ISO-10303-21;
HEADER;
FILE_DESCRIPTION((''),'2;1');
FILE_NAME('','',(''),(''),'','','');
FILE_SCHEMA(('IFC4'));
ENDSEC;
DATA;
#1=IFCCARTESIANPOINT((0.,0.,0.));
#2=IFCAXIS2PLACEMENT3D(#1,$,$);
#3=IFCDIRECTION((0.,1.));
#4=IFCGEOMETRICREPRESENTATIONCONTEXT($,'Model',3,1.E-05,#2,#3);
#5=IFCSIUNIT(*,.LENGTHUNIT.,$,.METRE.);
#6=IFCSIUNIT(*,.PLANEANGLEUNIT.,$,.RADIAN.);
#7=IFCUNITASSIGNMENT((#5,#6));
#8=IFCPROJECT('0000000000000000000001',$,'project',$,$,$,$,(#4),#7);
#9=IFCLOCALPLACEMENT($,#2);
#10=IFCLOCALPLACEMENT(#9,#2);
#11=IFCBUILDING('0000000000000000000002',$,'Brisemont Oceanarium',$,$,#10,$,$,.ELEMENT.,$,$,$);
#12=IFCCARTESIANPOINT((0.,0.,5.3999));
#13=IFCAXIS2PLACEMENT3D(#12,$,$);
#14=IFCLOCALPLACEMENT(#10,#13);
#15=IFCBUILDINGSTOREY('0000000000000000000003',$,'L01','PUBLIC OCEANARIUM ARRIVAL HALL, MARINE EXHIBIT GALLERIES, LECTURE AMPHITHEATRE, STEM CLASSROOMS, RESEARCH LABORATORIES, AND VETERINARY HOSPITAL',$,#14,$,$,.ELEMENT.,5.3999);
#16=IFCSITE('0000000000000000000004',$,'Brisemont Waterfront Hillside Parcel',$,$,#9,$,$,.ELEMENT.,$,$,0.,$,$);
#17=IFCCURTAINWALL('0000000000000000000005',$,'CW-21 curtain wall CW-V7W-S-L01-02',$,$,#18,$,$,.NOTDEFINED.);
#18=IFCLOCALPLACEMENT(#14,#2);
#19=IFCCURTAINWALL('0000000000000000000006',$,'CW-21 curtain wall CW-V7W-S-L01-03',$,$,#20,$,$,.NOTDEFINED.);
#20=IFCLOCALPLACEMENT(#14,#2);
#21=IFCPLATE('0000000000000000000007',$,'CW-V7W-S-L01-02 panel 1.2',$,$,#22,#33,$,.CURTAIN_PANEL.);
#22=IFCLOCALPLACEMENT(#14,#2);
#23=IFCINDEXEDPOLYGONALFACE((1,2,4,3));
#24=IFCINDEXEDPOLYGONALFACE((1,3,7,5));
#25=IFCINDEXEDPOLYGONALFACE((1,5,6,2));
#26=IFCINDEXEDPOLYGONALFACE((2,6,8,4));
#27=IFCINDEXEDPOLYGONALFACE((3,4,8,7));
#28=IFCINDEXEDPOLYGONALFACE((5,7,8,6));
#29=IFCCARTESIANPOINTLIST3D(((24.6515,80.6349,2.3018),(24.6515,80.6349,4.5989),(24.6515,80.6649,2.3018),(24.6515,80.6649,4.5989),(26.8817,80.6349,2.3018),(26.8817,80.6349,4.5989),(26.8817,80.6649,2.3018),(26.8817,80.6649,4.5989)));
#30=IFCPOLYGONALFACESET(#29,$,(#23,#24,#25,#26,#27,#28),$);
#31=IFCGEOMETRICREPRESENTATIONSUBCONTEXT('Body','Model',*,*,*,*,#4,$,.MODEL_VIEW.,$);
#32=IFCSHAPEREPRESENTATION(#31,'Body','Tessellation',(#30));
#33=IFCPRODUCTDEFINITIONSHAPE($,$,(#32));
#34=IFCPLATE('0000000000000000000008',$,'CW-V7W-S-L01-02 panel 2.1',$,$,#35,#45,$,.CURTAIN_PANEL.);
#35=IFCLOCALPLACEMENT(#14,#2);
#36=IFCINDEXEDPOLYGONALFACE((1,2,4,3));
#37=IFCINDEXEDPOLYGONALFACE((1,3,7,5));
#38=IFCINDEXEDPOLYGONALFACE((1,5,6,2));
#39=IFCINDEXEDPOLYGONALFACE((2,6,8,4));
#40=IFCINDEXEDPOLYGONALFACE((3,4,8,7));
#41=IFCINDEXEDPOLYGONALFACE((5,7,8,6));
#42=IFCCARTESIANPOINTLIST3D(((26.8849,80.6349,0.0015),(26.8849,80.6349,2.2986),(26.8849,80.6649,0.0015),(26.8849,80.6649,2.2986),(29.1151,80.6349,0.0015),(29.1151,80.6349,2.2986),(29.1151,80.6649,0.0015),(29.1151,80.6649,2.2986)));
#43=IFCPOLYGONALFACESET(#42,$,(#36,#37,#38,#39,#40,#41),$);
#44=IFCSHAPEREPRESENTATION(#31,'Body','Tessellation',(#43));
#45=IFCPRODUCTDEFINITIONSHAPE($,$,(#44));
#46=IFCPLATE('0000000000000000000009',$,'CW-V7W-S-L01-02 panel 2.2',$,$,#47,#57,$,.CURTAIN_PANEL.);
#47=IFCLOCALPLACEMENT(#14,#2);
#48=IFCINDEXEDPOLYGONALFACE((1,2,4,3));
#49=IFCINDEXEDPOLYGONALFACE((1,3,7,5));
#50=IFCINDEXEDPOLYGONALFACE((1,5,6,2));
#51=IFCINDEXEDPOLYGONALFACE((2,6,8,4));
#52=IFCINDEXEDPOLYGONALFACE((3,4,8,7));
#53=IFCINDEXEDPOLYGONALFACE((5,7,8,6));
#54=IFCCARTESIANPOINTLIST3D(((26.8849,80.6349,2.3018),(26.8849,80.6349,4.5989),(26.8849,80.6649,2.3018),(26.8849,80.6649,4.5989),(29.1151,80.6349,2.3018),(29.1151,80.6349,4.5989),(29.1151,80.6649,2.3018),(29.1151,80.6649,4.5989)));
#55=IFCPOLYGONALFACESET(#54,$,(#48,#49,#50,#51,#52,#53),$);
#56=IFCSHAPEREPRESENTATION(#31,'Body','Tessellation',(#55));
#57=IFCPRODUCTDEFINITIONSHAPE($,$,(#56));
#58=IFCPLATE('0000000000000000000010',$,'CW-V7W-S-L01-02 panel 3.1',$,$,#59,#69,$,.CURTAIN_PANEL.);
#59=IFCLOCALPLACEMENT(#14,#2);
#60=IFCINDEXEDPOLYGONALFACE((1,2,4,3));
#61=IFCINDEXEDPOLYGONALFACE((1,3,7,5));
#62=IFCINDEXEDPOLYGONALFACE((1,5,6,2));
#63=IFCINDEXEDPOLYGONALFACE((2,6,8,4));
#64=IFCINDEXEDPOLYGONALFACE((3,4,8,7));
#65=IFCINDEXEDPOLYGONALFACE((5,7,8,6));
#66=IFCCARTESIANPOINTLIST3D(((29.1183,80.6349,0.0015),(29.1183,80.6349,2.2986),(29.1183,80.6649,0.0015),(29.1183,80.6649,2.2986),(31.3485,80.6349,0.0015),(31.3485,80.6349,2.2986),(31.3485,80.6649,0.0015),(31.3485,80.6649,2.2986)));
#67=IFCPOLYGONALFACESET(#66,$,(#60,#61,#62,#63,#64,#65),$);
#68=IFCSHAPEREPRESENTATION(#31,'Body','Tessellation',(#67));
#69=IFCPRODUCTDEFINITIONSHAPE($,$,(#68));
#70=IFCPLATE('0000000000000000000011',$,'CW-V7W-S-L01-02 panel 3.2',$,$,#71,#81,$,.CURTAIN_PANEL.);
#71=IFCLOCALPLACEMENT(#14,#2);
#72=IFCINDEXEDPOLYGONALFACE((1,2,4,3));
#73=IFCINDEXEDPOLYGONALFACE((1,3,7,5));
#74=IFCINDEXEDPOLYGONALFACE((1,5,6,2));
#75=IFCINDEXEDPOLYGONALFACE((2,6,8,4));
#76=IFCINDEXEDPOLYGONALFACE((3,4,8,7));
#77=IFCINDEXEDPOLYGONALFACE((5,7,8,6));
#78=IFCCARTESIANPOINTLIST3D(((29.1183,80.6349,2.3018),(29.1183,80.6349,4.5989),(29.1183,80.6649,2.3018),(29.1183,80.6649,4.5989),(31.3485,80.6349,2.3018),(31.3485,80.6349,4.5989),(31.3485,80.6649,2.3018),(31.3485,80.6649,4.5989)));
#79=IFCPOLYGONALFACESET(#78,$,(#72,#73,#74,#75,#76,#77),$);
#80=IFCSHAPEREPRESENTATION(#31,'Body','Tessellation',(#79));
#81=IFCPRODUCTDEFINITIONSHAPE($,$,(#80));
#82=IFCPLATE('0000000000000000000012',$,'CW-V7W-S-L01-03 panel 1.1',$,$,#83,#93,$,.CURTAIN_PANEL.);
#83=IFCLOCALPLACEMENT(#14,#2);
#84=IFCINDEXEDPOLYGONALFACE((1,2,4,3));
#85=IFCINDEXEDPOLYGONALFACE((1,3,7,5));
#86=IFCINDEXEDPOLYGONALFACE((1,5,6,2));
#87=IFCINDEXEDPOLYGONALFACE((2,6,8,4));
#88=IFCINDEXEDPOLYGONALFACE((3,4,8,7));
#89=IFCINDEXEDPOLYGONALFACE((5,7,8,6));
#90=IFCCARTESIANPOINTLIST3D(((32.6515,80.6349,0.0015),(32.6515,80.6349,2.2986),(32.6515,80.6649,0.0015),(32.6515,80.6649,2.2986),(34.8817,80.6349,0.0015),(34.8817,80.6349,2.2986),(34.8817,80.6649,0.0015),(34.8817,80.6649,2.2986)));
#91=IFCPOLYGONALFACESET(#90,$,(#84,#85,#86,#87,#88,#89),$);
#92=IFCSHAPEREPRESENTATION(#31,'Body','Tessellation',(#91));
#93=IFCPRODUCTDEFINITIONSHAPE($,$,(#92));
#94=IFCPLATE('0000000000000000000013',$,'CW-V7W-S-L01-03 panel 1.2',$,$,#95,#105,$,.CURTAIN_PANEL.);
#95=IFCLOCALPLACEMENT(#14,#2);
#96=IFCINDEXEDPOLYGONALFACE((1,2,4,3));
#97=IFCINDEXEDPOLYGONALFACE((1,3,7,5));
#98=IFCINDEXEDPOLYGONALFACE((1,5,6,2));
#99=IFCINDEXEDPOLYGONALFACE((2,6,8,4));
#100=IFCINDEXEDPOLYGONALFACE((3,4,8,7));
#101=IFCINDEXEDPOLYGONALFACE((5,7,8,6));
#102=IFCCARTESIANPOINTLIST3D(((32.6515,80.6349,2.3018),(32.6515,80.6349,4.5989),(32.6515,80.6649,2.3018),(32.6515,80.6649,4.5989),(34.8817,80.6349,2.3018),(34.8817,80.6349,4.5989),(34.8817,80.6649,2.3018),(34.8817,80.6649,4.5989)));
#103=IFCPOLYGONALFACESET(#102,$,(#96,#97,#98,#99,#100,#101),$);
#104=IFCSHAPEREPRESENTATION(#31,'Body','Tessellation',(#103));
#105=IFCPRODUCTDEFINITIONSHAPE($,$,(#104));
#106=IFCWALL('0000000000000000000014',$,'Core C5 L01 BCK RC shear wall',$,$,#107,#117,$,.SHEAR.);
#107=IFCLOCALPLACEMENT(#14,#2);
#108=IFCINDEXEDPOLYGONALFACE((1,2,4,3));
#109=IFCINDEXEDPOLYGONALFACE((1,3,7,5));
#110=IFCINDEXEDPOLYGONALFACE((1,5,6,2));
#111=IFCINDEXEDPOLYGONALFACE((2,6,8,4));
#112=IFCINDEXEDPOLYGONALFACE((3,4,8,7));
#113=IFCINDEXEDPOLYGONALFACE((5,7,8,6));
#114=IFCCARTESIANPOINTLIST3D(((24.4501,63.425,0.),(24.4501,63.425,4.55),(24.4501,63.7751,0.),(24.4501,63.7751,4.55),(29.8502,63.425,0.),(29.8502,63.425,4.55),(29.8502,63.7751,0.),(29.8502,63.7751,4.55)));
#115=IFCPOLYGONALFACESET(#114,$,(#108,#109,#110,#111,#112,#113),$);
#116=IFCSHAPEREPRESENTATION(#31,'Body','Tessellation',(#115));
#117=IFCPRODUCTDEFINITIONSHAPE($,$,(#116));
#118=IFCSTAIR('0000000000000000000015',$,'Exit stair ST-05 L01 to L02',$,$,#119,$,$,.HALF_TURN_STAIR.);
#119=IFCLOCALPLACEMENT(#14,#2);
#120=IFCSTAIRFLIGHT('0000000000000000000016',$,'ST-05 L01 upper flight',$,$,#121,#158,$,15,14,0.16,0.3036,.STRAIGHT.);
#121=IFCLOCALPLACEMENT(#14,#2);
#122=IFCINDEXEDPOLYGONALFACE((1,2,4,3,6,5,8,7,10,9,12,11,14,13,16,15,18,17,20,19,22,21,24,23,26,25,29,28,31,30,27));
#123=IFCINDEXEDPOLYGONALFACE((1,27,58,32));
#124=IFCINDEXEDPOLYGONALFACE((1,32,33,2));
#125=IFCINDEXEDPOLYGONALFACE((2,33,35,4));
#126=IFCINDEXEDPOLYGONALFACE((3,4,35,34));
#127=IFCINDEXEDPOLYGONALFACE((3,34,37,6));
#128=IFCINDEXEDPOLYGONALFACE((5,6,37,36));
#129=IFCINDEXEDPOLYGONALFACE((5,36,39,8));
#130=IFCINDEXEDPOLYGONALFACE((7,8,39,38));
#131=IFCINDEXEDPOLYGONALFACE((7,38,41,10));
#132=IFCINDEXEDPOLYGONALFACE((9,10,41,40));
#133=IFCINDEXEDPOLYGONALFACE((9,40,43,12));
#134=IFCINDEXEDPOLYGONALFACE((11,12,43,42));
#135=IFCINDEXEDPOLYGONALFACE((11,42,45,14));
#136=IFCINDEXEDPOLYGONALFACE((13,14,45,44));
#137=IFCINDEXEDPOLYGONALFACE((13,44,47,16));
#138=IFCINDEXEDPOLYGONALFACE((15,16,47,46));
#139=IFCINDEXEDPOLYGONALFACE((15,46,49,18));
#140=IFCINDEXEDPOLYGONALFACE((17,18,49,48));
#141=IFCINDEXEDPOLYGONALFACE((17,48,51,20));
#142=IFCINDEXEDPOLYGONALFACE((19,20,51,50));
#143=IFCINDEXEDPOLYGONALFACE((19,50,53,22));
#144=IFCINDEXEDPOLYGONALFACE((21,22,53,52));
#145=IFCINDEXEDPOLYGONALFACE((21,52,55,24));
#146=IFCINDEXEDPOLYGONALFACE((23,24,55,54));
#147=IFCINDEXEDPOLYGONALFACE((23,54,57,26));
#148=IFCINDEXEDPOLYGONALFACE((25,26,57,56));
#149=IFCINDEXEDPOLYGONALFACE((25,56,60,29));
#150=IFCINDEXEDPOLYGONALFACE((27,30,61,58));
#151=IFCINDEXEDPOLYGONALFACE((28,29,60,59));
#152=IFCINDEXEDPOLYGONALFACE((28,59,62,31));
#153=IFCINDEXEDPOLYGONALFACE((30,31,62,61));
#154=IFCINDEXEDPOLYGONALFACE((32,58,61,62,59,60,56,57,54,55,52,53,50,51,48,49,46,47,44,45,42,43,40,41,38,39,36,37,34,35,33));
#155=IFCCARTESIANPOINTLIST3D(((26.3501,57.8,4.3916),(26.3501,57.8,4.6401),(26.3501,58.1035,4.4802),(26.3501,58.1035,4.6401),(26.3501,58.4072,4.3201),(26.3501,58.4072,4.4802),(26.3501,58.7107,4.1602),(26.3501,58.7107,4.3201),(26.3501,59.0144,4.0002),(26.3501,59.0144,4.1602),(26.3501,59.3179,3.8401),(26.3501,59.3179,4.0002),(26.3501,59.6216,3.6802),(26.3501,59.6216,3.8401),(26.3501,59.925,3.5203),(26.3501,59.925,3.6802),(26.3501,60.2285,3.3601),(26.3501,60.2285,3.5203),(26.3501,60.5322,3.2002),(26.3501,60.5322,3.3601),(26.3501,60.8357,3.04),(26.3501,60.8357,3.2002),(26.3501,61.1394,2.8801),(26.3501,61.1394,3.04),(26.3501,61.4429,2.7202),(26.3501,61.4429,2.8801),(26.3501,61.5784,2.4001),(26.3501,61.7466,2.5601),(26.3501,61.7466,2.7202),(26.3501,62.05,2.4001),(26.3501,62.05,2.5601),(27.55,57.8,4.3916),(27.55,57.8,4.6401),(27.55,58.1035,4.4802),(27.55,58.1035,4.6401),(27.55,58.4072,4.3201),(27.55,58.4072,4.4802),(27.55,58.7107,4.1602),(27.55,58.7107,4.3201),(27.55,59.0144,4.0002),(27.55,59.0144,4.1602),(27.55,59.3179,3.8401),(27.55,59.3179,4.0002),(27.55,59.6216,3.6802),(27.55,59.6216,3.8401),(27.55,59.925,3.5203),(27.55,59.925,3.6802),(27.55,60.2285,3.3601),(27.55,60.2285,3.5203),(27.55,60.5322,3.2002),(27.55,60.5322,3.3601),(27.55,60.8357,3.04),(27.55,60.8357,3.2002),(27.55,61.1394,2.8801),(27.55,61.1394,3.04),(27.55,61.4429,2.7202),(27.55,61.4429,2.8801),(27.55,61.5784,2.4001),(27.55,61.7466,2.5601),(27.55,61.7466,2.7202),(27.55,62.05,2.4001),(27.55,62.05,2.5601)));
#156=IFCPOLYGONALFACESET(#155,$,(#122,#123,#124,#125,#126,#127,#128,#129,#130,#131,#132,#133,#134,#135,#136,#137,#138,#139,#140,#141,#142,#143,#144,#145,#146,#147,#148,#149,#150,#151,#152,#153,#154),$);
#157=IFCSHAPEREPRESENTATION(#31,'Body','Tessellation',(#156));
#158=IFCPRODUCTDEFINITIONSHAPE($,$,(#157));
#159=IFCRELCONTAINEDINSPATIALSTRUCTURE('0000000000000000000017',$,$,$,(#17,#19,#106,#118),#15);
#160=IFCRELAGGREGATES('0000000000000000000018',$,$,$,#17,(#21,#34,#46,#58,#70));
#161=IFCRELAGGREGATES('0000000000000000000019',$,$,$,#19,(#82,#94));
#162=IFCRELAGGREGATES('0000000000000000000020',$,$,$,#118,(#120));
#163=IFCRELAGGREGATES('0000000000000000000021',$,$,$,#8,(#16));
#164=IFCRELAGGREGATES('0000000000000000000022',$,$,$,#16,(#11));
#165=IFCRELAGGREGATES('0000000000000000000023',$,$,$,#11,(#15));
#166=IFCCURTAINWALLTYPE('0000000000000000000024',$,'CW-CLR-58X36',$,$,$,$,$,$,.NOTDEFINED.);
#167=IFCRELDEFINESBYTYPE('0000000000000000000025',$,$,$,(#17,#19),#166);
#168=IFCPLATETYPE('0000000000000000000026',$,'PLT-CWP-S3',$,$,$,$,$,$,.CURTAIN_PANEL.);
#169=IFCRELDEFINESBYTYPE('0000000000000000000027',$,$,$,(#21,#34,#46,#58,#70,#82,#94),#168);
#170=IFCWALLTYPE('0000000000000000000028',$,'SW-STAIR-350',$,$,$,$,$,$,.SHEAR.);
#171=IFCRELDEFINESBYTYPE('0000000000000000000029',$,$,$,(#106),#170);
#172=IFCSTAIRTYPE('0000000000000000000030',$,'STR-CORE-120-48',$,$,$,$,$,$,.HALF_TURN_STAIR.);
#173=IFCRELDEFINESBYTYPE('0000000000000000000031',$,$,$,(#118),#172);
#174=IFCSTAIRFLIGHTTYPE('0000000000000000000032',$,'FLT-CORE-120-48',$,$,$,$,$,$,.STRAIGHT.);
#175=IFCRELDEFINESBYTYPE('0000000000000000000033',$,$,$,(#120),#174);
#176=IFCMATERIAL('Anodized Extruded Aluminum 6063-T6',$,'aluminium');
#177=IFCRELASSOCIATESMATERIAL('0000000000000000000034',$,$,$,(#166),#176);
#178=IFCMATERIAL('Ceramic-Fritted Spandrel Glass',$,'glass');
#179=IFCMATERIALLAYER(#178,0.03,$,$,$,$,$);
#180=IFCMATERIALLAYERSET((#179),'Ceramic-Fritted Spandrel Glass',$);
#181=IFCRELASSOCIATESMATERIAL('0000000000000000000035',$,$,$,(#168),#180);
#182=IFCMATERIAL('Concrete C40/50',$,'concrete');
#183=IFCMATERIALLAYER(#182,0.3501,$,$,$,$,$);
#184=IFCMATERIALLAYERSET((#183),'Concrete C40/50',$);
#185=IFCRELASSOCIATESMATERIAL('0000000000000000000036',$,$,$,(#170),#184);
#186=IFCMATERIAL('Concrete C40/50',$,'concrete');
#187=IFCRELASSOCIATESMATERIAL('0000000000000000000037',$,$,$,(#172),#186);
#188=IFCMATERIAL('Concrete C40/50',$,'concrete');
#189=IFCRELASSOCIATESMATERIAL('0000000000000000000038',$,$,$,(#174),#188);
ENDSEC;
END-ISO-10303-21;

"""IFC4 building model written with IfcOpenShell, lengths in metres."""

from ifc_helpers import new_model, si_unit, direction, frame, frame_2d, origin, origin_2d, place, context, subcontext, project, spatial, polyline, rectangle, outline, extrude, material, layer, layer_set, type_object, element, aggregate, save


model = new_model("IFC4")

# Units and contexts
model_context = context("Model", 3, precision=1e-05, world=origin(), true_north=direction((0.0, 1.0)))
body_context = subcontext(model_context, "Body", "Model", "MODEL_VIEW")
ifc_project = project(units=[si_unit("LENGTHUNIT", "METRE"), si_unit("PLANEANGLEUNIT", "RADIAN")], contexts=[model_context])

# Site, building, storey
site_placement = place(None, origin())
site = spatial("IfcSite", under=ifc_project, at=site_placement, Name="Brisemont Waterfront Hillside Parcel", CompositionType="ELEMENT", RefElevation=0.0)
building_placement = place(site_placement, origin())
building = spatial("IfcBuilding", under=site, at=building_placement, Name="Brisemont Oceanarium", CompositionType="ELEMENT")
storey_placement = place(building_placement, frame((0.0, 0.0, 5.3999)))
storey = spatial("IfcBuildingStorey", under=building, at=storey_placement, Name="L01", Description="PUBLIC OCEANARIUM ARRIVAL HALL, MARINE EXHIBIT GALLERIES, LECTURE AMPHITHEATRE, STEM CLASSROOMS, RESEARCH LABORATORIES, AND VETERINARY HOSPITAL", CompositionType="ELEMENT", Elevation=5.3999)

# Curtain wall
ifc_material_1 = material(Name="Anodized Extruded Aluminum 6063-T6", Category="aluminium")
curtain_wall_type = type_object("IfcCurtainWallType", Name="CW-CLR-58X36", PredefinedType="NOTDEFINED", material=ifc_material_1)
curtain_wall_1_placement = place(storey_placement, origin())
curtain_wall_1 = element("IfcCurtainWall", 1, at=curtain_wall_1_placement, inside=storey, type_object=curtain_wall_type, Name="CW-21 curtain wall CW-V7W-S-L01-02", PredefinedType="NOTDEFINED")

# Curtain wall
curtain_wall_2_placement = place(storey_placement, origin())
curtain_wall_2 = element("IfcCurtainWall", 2, at=curtain_wall_2_placement, inside=storey, type_object=curtain_wall_type, Name="CW-21 curtain wall CW-V7W-S-L01-03", PredefinedType="NOTDEFINED")

# Plates
ifc_material_2 = material(Name="Ceramic-Fritted Spandrel Glass", Category="glass")
ifc_layer_1 = layer(ifc_material_2, 0.03)
ifc_layer_set_1 = layer_set([ifc_layer_1], Name="Ceramic-Fritted Spandrel Glass")
plate_type = type_object("IfcPlateType", Name="PLT-CWP-S3", PredefinedType="CURTAIN_PANEL", material=ifc_layer_set_1)
plate_1_placement = place(storey_placement, frame((25.7666, 80.6499, 2.3018), z_axis=(0.0, 0.0, 1.0), x_axis=(1.0, 0.0, 0.0)))
plate_1 = element("IfcPlate", 3, at=plate_1_placement, type_object=plate_type, Name="CW-V7W-S-L01-02 panel 1.2", PredefinedType="CURTAIN_PANEL", context=body_context, shape_type="SweptSolid", body=[
    extrude(rectangle(XDim=2.2302, YDim=0.03, at=origin_2d()), origin(), (0.0, 0.0, 1.0), 2.2971),
])
plate_2_placement = place(storey_placement, frame((28.0, 80.6499, 0.0015), z_axis=(0.0, 0.0, 1.0), x_axis=(1.0, 0.0, 0.0)))
plate_2 = element("IfcPlate", 4, at=plate_2_placement, type_object=plate_type, Name="CW-V7W-S-L01-02 panel 2.1", PredefinedType="CURTAIN_PANEL", context=body_context, shape_type="SweptSolid", body=[
    extrude(rectangle(XDim=2.2302, YDim=0.03, at=origin_2d()), origin(), (0.0, 0.0, 1.0), 2.2971),
])
plate_3_placement = place(storey_placement, frame((28.0, 80.6499, 2.3018), z_axis=(0.0, 0.0, 1.0), x_axis=(1.0, 0.0, 0.0)))
plate_3 = element("IfcPlate", 5, at=plate_3_placement, type_object=plate_type, Name="CW-V7W-S-L01-02 panel 2.2", PredefinedType="CURTAIN_PANEL", context=body_context, shape_type="SweptSolid", body=[
    extrude(rectangle(XDim=2.2302, YDim=0.03, at=origin_2d()), origin(), (0.0, 0.0, 1.0), 2.2971),
])
plate_4_placement = place(storey_placement, frame((30.2334, 80.6499, 0.0015), z_axis=(0.0, 0.0, 1.0), x_axis=(1.0, 0.0, 0.0)))
plate_4 = element("IfcPlate", 6, at=plate_4_placement, type_object=plate_type, Name="CW-V7W-S-L01-02 panel 3.1", PredefinedType="CURTAIN_PANEL", context=body_context, shape_type="SweptSolid", body=[
    extrude(rectangle(XDim=2.2302, YDim=0.03, at=origin_2d()), origin(), (0.0, 0.0, 1.0), 2.2971),
])
plate_5_placement = place(storey_placement, frame((30.2334, 80.6499, 2.3018), z_axis=(0.0, 0.0, 1.0), x_axis=(1.0, 0.0, 0.0)))
plate_5 = element("IfcPlate", 7, at=plate_5_placement, type_object=plate_type, Name="CW-V7W-S-L01-02 panel 3.2", PredefinedType="CURTAIN_PANEL", context=body_context, shape_type="SweptSolid", body=[
    extrude(rectangle(XDim=2.2302, YDim=0.03, at=origin_2d()), origin(), (0.0, 0.0, 1.0), 2.2971),
])
aggregate(curtain_wall_1, [plate_1, plate_2, plate_3, plate_4, plate_5])
plate_6_placement = place(storey_placement, frame((33.7666, 80.6499, 0.0015), z_axis=(0.0, 0.0, 1.0), x_axis=(1.0, 0.0, 0.0)))
plate_6 = element("IfcPlate", 8, at=plate_6_placement, type_object=plate_type, Name="CW-V7W-S-L01-03 panel 1.1", PredefinedType="CURTAIN_PANEL", context=body_context, shape_type="SweptSolid", body=[
    extrude(rectangle(XDim=2.2302, YDim=0.03, at=origin_2d()), origin(), (0.0, 0.0, 1.0), 2.2971),
])
plate_7_placement = place(storey_placement, frame((33.7666, 80.6499, 2.3018), z_axis=(0.0, 0.0, 1.0), x_axis=(1.0, 0.0, 0.0)))
plate_7 = element("IfcPlate", 9, at=plate_7_placement, type_object=plate_type, Name="CW-V7W-S-L01-03 panel 1.2", PredefinedType="CURTAIN_PANEL", context=body_context, shape_type="SweptSolid", body=[
    extrude(rectangle(XDim=2.2302, YDim=0.03, at=origin_2d()), origin(), (0.0, 0.0, 1.0), 2.2971),
])
aggregate(curtain_wall_2, [plate_6, plate_7])

# Wall
ifc_material_3 = material(Name="Concrete C40/50", Category="concrete")
ifc_layer_2 = layer(ifc_material_3, 0.3501)
ifc_layer_set_2 = layer_set([ifc_layer_2], Name="Concrete C40/50")
wall_type = type_object("IfcWallType", Name="SW-STAIR-350", PredefinedType="SHEAR", material=ifc_layer_set_2)
wall_placement = place(storey_placement, frame((24.45, 63.6001, 0.0), z_axis=(0.0, 0.0, 1.0), x_axis=(1.0, 0.0, 0.0)))
element("IfcWall", 10, at=wall_placement, inside=storey, type_object=wall_type, Name="Core C5 L01 BCK RC shear wall", PredefinedType="SHEAR", context=body_context, shape_type="SweptSolid", body=[
    extrude(rectangle(XDim=5.4001, YDim=0.3501, at=frame_2d((2.7002, 0.0))), origin(), (0.0, 0.0, 1.0), 4.55),
])

# Stair, stair flight
ifc_material_4 = material(Name="Concrete C40/50", Category="concrete")
stair_type = type_object("IfcStairType", Name="STR-CORE-120-48", PredefinedType="HALF_TURN_STAIR", material=ifc_material_4)
stair_placement = place(storey_placement, origin())
stair = element("IfcStair", 11, at=stair_placement, inside=storey, type_object=stair_type, Name="Exit stair ST-05 L01 to L02", PredefinedType="HALF_TURN_STAIR")
ifc_material_5 = material(Name="Concrete C40/50", Category="concrete")
stair_flight_type = type_object("IfcStairFlightType", Name="FLT-CORE-120-48", PredefinedType="STRAIGHT", material=ifc_material_5)
stair_flight_placement = place(storey_placement, frame((26.95, 62.05, 2.4001), z_axis=(0.0, 0.0, 1.0), x_axis=(0.0, -1.0, 0.0)))
stair_flight = element("IfcStairFlight", 12, at=stair_flight_placement, type_object=stair_flight_type, Name="ST-05 L01 upper flight", NumberOfRisers=15, NumberOfTreads=14, PredefinedType="STRAIGHT", RiserHeight=0.16, TreadLength=0.3036, context=body_context, shape_type="SweptSolid", body=[
    extrude(outline(polyline([(0.0, 0.0), (0.0, 0.1599), (0.3035, 0.1599), (0.3035, 0.3201), (0.6072, 0.3201), (0.6072, 0.48), (0.9106, 0.48), (0.9106, 0.6399), (1.2144, 0.6399), (1.2144, 0.8), (1.5178, 0.8), (1.5178, 0.96), (1.8215, 0.96), (1.8215, 1.1201), (2.125, 1.1201), (2.125, 1.28), (2.4285, 1.28), (2.4285, 1.4399), (2.7322, 1.4399), (2.7322, 1.6001), (3.0356, 1.6001), (3.0356, 1.76), (3.3394, 1.76), (3.3394, 1.9199), (3.6428, 1.9199), (3.6428, 2.0801), (3.9465, 2.0801), (3.9465, 2.24), (4.25, 2.24), (4.25, 2.3999), (4.25, 1.9915), (0.4717, 0.0), (0.0, 0.0)])), frame((0.0, 0.6001, 0.0), z_axis=(0.0, -1.0, 0.0), x_axis=(1.0, 0.0, 0.0)), (0.0, 0.0, 1.0), 1.2),
])
aggregate(stair, [stair_flight])

save(model, "model.ifc")
